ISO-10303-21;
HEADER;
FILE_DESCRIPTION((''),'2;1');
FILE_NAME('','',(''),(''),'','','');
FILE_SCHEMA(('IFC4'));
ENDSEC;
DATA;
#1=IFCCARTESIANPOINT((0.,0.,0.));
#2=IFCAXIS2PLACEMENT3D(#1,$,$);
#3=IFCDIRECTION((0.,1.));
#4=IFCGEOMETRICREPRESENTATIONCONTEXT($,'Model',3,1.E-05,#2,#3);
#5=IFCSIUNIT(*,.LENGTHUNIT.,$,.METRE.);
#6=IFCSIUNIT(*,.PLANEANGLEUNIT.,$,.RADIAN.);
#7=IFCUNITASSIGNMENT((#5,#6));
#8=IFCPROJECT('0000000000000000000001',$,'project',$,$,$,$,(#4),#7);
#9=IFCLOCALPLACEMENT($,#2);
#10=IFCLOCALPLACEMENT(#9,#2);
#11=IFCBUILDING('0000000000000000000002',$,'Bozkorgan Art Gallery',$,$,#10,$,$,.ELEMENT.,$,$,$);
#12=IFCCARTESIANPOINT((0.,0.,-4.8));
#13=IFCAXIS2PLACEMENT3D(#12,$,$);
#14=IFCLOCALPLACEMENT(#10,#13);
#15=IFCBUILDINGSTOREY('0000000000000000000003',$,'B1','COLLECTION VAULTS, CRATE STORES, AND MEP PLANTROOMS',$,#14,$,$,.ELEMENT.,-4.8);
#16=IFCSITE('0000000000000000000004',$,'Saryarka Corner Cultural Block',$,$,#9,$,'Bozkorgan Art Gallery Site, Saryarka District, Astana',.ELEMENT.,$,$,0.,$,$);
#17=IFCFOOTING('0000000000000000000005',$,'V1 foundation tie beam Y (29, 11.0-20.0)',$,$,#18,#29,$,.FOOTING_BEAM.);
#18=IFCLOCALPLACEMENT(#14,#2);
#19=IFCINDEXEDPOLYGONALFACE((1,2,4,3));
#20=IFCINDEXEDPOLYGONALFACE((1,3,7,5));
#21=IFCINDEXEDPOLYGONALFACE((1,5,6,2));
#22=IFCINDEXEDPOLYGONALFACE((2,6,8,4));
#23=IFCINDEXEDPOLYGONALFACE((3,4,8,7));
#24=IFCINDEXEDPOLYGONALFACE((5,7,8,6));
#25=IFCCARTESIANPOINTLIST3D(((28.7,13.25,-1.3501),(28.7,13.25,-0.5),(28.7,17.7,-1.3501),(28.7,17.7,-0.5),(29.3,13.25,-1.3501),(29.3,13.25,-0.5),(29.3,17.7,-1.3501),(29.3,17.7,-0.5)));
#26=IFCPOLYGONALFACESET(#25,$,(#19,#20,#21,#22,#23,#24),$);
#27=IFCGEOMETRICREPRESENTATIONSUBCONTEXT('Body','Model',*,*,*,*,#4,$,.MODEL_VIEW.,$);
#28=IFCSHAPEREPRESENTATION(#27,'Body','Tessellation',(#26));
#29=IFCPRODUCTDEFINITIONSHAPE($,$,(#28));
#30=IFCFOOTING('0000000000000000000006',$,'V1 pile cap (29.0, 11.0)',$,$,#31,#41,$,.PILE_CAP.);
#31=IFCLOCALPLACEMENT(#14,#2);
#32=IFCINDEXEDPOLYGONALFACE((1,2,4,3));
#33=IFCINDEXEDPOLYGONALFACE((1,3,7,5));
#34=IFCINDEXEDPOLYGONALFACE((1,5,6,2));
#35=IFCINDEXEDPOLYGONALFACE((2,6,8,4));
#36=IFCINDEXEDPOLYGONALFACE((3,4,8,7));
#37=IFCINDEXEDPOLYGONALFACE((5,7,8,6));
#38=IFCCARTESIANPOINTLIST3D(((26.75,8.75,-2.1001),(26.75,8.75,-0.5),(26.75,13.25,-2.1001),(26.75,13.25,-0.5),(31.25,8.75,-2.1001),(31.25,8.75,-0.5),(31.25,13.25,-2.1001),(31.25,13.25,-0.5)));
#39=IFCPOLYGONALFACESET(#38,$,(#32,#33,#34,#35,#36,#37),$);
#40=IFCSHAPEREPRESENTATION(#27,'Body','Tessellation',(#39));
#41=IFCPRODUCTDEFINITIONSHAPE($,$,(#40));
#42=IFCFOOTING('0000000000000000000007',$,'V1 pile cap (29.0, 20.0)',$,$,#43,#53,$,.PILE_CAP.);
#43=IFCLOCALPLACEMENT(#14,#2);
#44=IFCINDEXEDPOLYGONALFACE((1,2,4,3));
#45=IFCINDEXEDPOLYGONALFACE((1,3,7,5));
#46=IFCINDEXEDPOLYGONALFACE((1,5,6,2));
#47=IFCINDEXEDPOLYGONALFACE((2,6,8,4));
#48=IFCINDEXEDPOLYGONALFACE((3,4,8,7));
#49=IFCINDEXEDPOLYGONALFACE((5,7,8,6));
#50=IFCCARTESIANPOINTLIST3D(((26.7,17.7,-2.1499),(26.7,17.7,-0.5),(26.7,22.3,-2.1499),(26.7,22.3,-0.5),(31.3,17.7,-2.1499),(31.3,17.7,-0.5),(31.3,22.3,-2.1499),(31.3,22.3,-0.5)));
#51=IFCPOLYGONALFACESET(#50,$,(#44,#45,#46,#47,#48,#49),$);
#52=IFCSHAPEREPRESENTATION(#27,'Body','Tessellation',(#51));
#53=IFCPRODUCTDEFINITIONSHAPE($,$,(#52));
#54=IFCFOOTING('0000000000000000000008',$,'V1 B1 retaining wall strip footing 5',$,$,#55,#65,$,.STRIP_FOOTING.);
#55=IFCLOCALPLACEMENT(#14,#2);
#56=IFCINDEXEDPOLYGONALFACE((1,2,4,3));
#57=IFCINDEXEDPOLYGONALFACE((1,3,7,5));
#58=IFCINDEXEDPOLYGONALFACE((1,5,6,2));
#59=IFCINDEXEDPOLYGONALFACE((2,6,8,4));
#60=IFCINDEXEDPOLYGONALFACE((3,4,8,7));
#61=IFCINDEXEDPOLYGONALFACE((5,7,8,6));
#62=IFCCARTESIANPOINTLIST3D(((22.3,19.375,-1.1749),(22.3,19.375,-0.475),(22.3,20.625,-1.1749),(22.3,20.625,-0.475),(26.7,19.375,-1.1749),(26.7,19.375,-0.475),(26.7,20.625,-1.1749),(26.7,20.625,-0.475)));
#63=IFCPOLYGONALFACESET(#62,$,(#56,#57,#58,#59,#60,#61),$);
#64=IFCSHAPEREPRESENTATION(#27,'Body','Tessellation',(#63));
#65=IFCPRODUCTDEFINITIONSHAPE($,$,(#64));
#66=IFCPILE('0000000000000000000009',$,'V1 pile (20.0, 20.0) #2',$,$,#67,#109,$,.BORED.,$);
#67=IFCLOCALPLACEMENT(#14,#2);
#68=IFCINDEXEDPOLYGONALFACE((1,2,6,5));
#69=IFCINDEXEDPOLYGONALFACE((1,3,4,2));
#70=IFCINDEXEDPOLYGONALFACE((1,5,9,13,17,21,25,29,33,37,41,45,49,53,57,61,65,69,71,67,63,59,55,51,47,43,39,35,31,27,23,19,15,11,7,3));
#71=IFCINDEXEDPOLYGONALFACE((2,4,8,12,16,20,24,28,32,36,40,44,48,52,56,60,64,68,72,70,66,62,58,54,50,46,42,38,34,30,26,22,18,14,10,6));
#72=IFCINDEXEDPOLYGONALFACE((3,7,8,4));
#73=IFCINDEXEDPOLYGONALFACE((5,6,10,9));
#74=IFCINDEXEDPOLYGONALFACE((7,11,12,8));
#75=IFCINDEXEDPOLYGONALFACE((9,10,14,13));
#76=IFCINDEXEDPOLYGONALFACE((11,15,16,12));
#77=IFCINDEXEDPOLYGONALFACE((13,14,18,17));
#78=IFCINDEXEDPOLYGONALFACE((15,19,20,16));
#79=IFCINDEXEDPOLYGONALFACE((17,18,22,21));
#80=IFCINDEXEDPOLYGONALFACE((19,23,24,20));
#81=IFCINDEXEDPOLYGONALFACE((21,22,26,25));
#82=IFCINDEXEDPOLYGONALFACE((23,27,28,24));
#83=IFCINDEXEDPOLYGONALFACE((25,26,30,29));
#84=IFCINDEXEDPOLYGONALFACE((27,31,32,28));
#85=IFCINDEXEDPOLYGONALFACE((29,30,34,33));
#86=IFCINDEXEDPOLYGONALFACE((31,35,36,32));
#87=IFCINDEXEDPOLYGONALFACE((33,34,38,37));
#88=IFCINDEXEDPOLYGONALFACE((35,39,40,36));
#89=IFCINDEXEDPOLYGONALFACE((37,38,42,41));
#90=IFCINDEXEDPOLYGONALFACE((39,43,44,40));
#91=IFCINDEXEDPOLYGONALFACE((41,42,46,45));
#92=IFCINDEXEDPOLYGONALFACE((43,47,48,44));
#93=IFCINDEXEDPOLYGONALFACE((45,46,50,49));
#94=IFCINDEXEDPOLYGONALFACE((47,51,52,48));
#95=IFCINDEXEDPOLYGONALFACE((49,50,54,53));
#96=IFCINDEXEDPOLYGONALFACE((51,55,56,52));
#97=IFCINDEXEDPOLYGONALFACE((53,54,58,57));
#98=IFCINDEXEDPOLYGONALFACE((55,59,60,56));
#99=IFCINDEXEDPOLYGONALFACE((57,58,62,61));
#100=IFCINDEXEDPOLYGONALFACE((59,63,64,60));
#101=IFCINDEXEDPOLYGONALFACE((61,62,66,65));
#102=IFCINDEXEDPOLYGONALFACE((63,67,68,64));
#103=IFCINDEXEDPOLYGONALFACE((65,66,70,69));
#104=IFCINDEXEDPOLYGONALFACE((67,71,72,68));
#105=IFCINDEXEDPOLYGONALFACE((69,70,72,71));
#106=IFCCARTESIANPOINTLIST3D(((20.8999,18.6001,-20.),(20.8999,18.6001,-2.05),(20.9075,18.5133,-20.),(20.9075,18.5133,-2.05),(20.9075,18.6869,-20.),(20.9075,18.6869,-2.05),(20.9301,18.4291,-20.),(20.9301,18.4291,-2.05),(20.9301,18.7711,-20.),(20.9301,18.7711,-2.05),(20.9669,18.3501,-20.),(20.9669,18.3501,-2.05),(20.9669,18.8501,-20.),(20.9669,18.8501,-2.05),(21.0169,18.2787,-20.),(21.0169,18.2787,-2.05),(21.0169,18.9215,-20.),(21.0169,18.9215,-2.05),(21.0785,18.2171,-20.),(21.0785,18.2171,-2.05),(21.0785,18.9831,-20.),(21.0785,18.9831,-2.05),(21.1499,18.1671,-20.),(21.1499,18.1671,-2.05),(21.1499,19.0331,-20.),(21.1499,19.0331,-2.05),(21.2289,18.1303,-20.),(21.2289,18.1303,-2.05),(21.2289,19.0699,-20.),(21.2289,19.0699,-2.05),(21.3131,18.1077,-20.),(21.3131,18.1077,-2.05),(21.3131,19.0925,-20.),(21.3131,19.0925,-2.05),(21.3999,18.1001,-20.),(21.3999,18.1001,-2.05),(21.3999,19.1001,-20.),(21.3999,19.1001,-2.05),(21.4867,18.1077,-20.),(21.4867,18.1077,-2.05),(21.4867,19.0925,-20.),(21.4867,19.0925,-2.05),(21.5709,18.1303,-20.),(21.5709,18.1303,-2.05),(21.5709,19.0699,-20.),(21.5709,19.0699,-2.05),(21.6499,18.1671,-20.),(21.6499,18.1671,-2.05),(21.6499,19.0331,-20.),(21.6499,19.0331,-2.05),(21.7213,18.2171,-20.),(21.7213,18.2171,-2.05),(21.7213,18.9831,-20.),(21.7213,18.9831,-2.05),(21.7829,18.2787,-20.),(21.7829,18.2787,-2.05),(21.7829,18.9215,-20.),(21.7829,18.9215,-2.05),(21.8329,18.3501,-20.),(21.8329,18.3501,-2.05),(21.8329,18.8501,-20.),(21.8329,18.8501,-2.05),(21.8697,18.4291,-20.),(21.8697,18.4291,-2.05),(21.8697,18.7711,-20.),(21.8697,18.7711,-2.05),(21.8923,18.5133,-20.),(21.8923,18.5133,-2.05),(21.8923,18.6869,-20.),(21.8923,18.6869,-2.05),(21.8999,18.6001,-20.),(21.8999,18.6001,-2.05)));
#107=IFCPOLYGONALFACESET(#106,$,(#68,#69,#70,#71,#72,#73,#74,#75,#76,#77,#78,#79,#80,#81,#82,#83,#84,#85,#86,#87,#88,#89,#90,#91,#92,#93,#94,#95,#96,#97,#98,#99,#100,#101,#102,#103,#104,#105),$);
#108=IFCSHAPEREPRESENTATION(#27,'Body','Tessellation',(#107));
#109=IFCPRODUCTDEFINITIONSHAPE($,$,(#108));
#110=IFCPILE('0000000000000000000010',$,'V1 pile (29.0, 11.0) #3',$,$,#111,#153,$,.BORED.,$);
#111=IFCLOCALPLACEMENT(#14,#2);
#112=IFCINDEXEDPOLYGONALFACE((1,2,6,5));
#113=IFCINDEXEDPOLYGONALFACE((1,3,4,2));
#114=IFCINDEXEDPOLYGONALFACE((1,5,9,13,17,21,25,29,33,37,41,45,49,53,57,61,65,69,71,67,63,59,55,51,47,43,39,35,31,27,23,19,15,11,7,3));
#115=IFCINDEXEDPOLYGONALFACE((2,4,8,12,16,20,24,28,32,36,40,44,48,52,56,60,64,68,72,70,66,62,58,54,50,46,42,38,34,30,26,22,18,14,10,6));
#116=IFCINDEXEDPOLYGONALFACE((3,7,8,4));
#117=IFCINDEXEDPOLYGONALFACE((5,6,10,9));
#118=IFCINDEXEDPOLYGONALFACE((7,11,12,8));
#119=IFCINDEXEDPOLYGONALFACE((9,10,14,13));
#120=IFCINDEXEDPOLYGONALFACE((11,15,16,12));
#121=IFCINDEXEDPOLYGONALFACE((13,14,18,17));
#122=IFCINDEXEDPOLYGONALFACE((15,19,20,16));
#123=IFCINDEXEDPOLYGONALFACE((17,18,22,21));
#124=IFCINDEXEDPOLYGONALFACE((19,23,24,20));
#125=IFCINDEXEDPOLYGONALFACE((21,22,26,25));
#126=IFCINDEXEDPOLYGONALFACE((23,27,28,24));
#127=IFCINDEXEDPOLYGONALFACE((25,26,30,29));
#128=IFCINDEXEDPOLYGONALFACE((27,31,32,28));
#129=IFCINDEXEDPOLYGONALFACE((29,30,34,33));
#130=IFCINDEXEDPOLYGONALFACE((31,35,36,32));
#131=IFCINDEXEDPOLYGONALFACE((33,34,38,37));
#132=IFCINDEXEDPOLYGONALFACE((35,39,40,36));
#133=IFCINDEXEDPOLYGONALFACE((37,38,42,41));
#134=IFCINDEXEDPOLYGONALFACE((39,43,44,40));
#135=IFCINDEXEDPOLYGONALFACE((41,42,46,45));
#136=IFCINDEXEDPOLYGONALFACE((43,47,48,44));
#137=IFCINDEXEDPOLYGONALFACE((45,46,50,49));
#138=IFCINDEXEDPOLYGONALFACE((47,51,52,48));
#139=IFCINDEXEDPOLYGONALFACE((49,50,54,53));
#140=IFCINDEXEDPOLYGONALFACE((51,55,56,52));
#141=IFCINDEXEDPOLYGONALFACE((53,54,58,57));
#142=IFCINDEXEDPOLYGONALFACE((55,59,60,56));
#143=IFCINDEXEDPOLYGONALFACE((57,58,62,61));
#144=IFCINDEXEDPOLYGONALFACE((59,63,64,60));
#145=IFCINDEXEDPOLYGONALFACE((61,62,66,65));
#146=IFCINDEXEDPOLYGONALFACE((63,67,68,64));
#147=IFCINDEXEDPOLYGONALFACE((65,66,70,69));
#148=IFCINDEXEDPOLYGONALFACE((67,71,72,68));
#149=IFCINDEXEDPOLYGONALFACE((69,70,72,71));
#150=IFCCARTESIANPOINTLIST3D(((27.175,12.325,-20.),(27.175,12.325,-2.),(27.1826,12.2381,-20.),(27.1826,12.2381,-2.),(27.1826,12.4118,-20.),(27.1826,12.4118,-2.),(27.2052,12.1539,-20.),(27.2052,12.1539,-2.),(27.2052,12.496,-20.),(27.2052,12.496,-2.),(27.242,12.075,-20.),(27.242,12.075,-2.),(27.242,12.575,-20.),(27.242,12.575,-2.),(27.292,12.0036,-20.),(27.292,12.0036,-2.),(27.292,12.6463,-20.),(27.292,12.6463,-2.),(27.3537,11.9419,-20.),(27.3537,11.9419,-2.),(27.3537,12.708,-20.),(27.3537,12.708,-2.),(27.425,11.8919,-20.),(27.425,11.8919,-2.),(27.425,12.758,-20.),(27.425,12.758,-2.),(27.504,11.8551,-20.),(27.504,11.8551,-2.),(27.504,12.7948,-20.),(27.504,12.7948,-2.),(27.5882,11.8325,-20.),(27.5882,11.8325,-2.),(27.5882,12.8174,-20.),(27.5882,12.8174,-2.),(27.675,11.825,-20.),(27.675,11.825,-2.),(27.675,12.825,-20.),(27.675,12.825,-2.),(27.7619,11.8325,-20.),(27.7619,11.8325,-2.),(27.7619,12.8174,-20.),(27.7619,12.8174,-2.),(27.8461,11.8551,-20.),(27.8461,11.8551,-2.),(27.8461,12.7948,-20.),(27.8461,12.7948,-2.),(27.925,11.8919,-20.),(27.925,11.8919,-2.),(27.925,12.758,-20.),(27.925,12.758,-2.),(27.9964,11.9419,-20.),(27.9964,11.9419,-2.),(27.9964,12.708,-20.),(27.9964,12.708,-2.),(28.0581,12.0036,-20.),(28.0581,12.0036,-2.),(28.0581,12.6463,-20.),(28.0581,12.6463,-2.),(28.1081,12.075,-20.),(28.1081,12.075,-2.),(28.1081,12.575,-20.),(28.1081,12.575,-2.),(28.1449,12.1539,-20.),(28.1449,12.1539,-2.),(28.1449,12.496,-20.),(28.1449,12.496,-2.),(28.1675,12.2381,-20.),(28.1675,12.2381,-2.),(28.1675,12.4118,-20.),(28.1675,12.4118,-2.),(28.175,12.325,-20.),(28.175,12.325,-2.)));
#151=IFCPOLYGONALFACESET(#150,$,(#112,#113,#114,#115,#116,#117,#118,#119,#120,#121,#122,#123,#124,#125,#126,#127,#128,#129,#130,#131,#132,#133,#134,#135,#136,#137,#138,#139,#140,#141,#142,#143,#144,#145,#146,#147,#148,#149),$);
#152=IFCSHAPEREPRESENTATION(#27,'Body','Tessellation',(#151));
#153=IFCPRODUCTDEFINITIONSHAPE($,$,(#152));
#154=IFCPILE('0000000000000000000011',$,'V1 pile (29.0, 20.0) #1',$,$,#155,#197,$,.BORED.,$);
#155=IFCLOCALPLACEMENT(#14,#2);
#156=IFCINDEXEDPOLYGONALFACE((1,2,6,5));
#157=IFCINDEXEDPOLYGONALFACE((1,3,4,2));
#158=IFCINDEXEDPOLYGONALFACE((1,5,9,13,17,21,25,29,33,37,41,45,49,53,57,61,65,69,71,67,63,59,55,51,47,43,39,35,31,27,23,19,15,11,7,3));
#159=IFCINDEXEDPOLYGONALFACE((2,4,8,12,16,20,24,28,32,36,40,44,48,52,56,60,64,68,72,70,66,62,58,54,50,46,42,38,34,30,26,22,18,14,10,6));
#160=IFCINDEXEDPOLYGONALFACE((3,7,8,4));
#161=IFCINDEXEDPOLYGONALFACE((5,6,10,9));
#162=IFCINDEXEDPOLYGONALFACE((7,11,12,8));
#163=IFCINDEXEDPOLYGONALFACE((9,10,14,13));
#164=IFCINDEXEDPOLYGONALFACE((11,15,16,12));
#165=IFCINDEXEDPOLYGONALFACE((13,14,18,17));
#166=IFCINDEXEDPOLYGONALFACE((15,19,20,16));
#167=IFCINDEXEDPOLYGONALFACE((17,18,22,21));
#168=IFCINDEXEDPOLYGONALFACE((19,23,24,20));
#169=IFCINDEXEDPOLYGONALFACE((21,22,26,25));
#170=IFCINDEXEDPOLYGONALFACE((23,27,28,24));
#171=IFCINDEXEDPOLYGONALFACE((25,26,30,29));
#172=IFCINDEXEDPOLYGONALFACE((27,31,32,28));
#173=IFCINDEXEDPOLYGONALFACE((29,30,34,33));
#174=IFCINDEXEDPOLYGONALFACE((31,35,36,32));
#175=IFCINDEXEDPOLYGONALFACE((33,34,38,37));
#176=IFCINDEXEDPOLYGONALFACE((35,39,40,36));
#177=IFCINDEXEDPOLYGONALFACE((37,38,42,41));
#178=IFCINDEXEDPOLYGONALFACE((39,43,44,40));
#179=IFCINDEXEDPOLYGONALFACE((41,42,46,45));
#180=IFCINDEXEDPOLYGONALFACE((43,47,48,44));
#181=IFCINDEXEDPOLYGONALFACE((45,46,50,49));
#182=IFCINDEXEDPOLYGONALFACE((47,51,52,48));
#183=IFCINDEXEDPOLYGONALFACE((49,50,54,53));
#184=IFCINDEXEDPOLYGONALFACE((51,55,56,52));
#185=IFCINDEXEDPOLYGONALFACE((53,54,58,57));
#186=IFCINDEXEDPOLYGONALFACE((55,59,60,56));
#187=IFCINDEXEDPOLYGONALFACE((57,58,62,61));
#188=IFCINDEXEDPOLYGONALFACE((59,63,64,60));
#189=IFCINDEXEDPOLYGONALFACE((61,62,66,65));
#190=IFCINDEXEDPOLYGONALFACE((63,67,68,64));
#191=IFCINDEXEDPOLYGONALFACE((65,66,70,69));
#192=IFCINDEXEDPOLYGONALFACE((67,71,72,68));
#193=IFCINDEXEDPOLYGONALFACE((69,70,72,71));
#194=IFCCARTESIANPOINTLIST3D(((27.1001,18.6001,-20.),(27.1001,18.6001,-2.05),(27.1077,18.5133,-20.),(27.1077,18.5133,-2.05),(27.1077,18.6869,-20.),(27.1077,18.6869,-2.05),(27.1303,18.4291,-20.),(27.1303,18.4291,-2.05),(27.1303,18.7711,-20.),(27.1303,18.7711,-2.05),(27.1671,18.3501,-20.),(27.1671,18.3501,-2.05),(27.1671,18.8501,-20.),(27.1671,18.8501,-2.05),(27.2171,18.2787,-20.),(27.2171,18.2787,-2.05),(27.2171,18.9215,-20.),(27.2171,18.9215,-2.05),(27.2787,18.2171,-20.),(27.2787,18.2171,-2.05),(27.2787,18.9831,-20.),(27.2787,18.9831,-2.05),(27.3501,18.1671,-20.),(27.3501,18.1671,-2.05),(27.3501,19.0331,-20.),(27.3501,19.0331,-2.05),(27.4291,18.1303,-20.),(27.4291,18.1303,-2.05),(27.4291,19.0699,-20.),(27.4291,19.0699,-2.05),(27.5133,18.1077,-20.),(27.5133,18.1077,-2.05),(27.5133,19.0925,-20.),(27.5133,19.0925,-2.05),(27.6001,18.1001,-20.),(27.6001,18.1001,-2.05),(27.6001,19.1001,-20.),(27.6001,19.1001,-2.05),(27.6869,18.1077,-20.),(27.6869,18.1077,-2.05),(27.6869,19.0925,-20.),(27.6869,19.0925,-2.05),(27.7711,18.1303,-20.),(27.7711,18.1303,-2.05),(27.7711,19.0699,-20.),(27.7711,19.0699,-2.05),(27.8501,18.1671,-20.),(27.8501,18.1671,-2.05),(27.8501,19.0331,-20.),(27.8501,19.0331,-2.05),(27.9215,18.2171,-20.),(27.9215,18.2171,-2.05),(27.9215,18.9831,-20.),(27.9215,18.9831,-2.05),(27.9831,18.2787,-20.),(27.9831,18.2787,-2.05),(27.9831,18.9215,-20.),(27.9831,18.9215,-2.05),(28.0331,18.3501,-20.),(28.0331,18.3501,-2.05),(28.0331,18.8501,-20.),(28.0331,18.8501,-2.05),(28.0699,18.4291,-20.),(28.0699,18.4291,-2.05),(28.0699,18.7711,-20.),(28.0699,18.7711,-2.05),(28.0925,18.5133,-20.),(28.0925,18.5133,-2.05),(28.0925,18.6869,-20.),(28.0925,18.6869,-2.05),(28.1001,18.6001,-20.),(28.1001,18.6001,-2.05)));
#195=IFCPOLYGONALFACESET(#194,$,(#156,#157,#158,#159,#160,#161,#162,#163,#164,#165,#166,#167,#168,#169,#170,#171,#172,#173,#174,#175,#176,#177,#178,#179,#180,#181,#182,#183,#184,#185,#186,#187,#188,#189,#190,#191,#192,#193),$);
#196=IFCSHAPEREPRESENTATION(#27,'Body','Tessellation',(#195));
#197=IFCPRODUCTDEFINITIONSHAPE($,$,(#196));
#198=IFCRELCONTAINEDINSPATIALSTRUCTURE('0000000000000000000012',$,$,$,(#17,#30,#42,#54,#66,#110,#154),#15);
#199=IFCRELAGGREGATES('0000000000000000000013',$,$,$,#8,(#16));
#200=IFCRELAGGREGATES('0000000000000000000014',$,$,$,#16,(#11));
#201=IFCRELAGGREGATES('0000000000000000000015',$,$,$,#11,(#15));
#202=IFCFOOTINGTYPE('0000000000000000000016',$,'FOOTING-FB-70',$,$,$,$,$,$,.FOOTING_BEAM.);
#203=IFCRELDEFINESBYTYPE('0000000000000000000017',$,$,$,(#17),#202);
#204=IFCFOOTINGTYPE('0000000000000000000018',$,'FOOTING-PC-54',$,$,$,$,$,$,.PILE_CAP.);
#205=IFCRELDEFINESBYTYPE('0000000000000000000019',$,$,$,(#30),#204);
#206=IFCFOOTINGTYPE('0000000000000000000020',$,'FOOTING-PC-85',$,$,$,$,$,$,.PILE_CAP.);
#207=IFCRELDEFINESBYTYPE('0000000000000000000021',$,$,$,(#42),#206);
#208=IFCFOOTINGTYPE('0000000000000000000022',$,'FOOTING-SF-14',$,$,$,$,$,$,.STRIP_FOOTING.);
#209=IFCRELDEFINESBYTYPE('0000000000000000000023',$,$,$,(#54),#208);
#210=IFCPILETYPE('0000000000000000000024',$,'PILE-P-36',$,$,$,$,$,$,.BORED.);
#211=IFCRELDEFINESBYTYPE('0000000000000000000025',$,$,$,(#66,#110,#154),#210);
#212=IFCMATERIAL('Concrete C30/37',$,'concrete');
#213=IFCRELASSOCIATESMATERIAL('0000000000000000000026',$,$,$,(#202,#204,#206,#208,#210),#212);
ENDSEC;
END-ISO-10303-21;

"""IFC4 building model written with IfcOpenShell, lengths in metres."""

from ifc_helpers import new_model, si_unit, direction, frame, origin, origin_2d, place, context, subcontext, project, spatial, rectangle, circle, extrude, material, material_profile, profile_set, type_object, element, save


model = new_model("IFC4")

# Units and contexts
model_context = context("Model", 3, precision=1e-05, world=origin(), true_north=direction((0.0, 1.0)))
body_context = subcontext(model_context, "Body", "Model", "MODEL_VIEW")
ifc_project = project(units=[si_unit("LENGTHUNIT", "METRE"), si_unit("PLANEANGLEUNIT", "RADIAN")], contexts=[model_context])

# Site, building, storey
site_placement = place(None, origin())
site = spatial("IfcSite", under=ifc_project, at=site_placement, Name="Saryarka Corner Cultural Block", LongName="Bozkorgan Art Gallery Site, Saryarka District, Astana", CompositionType="ELEMENT", RefElevation=0.0)
building_placement = place(site_placement, origin())
building = spatial("IfcBuilding", under=site, at=building_placement, Name="Bozkorgan Art Gallery", CompositionType="ELEMENT")
storey_placement = place(building_placement, frame((0.0, 0.0, -4.8)))
storey = spatial("IfcBuildingStorey", under=building, at=storey_placement, Name="B1", Description="COLLECTION VAULTS, CRATE STORES, AND MEP PLANTROOMS", CompositionType="ELEMENT", Elevation=-4.8)

# Footings
ifc_material_1 = material(Name="Concrete C30/37", Category="concrete")
ifc_material_profile_1 = material_profile(ifc_material_1, rectangle(XDim=0.6001, YDim=0.8501, at=origin_2d()), Name="FND 600x850")
ifc_profile_set_1 = profile_set([ifc_material_profile_1], Name="Concrete C30/37")
footing_type_1 = type_object("IfcFootingType", Name="FOOTING-FB-70", PredefinedType="FOOTING_BEAM", material=ifc_profile_set_1)
footing_1_placement = place(storey_placement, frame((29.0, 13.25, -0.925), z_axis=(0.0, 1.0, 0.0), x_axis=(-1.0, 0.0, 0.0)))
element("IfcFooting", 1, at=footing_1_placement, inside=storey, type_object=footing_type_1, Name="V1 foundation tie beam Y (29, 11.0-20.0)", PredefinedType="FOOTING_BEAM", context=body_context, shape_type="SweptSolid", body=[
    extrude(rectangle(XDim=0.6001, YDim=0.8501, at=origin_2d()), origin(), (0.0, 0.0, 1.0), 4.45),
])
footing_type_2 = type_object("IfcFootingType", Name="FOOTING-PC-54", PredefinedType="PILE_CAP", material=ifc_material_1)
footing_2_placement = place(storey_placement, frame((29.0, 11.0, -2.1001), z_axis=(0.0, 0.0, 1.0), x_axis=(1.0, 0.0, 0.0)))
element("IfcFooting", 2, at=footing_2_placement, inside=storey, type_object=footing_type_2, Name="V1 pile cap (29.0, 11.0)", PredefinedType="PILE_CAP", context=body_context, shape_type="SweptSolid", body=[
    extrude(rectangle(XDim=4.5, YDim=4.5, at=origin_2d()), origin(), (0.0, 0.0, 1.0), 1.6001),
])
footing_type_3 = type_object("IfcFootingType", Name="FOOTING-PC-85", PredefinedType="PILE_CAP", material=ifc_material_1)
footing_3_placement = place(storey_placement, frame((29.0, 20.0, -2.1499), z_axis=(0.0, 0.0, 1.0), x_axis=(1.0, 0.0, 0.0)))
element("IfcFooting", 3, at=footing_3_placement, inside=storey, type_object=footing_type_3, Name="V1 pile cap (29.0, 20.0)", PredefinedType="PILE_CAP", context=body_context, shape_type="SweptSolid", body=[
    extrude(rectangle(XDim=4.6001, YDim=4.6001, at=origin_2d()), origin(), (0.0, 0.0, 1.0), 1.6499),
])
ifc_material_profile_2 = material_profile(ifc_material_1, rectangle(XDim=1.25, YDim=0.7, at=origin_2d()), Name="FND 1250x700")
ifc_profile_set_2 = profile_set([ifc_material_profile_2], Name="Concrete C30/37")
footing_type_4 = type_object("IfcFootingType", Name="FOOTING-SF-14", PredefinedType="STRIP_FOOTING", material=ifc_profile_set_2)
footing_4_placement = place(storey_placement, frame((22.3, 20.0, -0.825), z_axis=(1.0, 0.0, 0.0), x_axis=(0.0, 1.0, 0.0)))
element("IfcFooting", 4, at=footing_4_placement, inside=storey, type_object=footing_type_4, Name="V1 B1 retaining wall strip footing 5", PredefinedType="STRIP_FOOTING", context=body_context, shape_type="SweptSolid", body=[
    extrude(rectangle(XDim=1.25, YDim=0.7, at=origin_2d()), origin(), (0.0, 0.0, 1.0), 4.3999),
])

# Piles
ifc_material_profile_3 = material_profile(ifc_material_1, circle(Radius=0.5, at=origin_2d()), Name="PILE D1000")
ifc_profile_set_3 = profile_set([ifc_material_profile_3], Name="Concrete C30/37")
pile_type = type_object("IfcPileType", Name="PILE-P-36", PredefinedType="BORED", material=ifc_profile_set_3)
pile_1_placement = place(storey_placement, frame((21.3999, 18.6001, -2.05), z_axis=(0.0, 0.0, -1.0), x_axis=(1.0, 0.0, 0.0)))
element("IfcPile", 5, at=pile_1_placement, inside=storey, type_object=pile_type, Name="V1 pile (20.0, 20.0) #2", PredefinedType="BORED", context=body_context, shape_type="SweptSolid", body=[
    extrude(circle(Radius=0.5, at=origin_2d()), origin(), (0.0, 0.0, 1.0), 17.95),
])
pile_2_placement = place(storey_placement, frame((27.675, 12.325, -2.0), z_axis=(0.0, 0.0, -1.0), x_axis=(1.0, 0.0, 0.0)))
element("IfcPile", 6, at=pile_2_placement, inside=storey, type_object=pile_type, Name="V1 pile (29.0, 11.0) #3", PredefinedType="BORED", context=body_context, shape_type="SweptSolid", body=[
    extrude(circle(Radius=0.5, at=origin_2d()), origin(), (0.0, 0.0, 1.0), 18.0),
])
pile_3_placement = place(storey_placement, frame((27.6001, 18.6001, -2.05), z_axis=(0.0, 0.0, -1.0), x_axis=(1.0, 0.0, 0.0)))
element("IfcPile", 7, at=pile_3_placement, inside=storey, type_object=pile_type, Name="V1 pile (29.0, 20.0) #1", PredefinedType="BORED", context=body_context, shape_type="SweptSolid", body=[
    extrude(circle(Radius=0.5, at=origin_2d()), origin(), (0.0, 0.0, 1.0), 17.95),
])

save(model, "model.ifc")
